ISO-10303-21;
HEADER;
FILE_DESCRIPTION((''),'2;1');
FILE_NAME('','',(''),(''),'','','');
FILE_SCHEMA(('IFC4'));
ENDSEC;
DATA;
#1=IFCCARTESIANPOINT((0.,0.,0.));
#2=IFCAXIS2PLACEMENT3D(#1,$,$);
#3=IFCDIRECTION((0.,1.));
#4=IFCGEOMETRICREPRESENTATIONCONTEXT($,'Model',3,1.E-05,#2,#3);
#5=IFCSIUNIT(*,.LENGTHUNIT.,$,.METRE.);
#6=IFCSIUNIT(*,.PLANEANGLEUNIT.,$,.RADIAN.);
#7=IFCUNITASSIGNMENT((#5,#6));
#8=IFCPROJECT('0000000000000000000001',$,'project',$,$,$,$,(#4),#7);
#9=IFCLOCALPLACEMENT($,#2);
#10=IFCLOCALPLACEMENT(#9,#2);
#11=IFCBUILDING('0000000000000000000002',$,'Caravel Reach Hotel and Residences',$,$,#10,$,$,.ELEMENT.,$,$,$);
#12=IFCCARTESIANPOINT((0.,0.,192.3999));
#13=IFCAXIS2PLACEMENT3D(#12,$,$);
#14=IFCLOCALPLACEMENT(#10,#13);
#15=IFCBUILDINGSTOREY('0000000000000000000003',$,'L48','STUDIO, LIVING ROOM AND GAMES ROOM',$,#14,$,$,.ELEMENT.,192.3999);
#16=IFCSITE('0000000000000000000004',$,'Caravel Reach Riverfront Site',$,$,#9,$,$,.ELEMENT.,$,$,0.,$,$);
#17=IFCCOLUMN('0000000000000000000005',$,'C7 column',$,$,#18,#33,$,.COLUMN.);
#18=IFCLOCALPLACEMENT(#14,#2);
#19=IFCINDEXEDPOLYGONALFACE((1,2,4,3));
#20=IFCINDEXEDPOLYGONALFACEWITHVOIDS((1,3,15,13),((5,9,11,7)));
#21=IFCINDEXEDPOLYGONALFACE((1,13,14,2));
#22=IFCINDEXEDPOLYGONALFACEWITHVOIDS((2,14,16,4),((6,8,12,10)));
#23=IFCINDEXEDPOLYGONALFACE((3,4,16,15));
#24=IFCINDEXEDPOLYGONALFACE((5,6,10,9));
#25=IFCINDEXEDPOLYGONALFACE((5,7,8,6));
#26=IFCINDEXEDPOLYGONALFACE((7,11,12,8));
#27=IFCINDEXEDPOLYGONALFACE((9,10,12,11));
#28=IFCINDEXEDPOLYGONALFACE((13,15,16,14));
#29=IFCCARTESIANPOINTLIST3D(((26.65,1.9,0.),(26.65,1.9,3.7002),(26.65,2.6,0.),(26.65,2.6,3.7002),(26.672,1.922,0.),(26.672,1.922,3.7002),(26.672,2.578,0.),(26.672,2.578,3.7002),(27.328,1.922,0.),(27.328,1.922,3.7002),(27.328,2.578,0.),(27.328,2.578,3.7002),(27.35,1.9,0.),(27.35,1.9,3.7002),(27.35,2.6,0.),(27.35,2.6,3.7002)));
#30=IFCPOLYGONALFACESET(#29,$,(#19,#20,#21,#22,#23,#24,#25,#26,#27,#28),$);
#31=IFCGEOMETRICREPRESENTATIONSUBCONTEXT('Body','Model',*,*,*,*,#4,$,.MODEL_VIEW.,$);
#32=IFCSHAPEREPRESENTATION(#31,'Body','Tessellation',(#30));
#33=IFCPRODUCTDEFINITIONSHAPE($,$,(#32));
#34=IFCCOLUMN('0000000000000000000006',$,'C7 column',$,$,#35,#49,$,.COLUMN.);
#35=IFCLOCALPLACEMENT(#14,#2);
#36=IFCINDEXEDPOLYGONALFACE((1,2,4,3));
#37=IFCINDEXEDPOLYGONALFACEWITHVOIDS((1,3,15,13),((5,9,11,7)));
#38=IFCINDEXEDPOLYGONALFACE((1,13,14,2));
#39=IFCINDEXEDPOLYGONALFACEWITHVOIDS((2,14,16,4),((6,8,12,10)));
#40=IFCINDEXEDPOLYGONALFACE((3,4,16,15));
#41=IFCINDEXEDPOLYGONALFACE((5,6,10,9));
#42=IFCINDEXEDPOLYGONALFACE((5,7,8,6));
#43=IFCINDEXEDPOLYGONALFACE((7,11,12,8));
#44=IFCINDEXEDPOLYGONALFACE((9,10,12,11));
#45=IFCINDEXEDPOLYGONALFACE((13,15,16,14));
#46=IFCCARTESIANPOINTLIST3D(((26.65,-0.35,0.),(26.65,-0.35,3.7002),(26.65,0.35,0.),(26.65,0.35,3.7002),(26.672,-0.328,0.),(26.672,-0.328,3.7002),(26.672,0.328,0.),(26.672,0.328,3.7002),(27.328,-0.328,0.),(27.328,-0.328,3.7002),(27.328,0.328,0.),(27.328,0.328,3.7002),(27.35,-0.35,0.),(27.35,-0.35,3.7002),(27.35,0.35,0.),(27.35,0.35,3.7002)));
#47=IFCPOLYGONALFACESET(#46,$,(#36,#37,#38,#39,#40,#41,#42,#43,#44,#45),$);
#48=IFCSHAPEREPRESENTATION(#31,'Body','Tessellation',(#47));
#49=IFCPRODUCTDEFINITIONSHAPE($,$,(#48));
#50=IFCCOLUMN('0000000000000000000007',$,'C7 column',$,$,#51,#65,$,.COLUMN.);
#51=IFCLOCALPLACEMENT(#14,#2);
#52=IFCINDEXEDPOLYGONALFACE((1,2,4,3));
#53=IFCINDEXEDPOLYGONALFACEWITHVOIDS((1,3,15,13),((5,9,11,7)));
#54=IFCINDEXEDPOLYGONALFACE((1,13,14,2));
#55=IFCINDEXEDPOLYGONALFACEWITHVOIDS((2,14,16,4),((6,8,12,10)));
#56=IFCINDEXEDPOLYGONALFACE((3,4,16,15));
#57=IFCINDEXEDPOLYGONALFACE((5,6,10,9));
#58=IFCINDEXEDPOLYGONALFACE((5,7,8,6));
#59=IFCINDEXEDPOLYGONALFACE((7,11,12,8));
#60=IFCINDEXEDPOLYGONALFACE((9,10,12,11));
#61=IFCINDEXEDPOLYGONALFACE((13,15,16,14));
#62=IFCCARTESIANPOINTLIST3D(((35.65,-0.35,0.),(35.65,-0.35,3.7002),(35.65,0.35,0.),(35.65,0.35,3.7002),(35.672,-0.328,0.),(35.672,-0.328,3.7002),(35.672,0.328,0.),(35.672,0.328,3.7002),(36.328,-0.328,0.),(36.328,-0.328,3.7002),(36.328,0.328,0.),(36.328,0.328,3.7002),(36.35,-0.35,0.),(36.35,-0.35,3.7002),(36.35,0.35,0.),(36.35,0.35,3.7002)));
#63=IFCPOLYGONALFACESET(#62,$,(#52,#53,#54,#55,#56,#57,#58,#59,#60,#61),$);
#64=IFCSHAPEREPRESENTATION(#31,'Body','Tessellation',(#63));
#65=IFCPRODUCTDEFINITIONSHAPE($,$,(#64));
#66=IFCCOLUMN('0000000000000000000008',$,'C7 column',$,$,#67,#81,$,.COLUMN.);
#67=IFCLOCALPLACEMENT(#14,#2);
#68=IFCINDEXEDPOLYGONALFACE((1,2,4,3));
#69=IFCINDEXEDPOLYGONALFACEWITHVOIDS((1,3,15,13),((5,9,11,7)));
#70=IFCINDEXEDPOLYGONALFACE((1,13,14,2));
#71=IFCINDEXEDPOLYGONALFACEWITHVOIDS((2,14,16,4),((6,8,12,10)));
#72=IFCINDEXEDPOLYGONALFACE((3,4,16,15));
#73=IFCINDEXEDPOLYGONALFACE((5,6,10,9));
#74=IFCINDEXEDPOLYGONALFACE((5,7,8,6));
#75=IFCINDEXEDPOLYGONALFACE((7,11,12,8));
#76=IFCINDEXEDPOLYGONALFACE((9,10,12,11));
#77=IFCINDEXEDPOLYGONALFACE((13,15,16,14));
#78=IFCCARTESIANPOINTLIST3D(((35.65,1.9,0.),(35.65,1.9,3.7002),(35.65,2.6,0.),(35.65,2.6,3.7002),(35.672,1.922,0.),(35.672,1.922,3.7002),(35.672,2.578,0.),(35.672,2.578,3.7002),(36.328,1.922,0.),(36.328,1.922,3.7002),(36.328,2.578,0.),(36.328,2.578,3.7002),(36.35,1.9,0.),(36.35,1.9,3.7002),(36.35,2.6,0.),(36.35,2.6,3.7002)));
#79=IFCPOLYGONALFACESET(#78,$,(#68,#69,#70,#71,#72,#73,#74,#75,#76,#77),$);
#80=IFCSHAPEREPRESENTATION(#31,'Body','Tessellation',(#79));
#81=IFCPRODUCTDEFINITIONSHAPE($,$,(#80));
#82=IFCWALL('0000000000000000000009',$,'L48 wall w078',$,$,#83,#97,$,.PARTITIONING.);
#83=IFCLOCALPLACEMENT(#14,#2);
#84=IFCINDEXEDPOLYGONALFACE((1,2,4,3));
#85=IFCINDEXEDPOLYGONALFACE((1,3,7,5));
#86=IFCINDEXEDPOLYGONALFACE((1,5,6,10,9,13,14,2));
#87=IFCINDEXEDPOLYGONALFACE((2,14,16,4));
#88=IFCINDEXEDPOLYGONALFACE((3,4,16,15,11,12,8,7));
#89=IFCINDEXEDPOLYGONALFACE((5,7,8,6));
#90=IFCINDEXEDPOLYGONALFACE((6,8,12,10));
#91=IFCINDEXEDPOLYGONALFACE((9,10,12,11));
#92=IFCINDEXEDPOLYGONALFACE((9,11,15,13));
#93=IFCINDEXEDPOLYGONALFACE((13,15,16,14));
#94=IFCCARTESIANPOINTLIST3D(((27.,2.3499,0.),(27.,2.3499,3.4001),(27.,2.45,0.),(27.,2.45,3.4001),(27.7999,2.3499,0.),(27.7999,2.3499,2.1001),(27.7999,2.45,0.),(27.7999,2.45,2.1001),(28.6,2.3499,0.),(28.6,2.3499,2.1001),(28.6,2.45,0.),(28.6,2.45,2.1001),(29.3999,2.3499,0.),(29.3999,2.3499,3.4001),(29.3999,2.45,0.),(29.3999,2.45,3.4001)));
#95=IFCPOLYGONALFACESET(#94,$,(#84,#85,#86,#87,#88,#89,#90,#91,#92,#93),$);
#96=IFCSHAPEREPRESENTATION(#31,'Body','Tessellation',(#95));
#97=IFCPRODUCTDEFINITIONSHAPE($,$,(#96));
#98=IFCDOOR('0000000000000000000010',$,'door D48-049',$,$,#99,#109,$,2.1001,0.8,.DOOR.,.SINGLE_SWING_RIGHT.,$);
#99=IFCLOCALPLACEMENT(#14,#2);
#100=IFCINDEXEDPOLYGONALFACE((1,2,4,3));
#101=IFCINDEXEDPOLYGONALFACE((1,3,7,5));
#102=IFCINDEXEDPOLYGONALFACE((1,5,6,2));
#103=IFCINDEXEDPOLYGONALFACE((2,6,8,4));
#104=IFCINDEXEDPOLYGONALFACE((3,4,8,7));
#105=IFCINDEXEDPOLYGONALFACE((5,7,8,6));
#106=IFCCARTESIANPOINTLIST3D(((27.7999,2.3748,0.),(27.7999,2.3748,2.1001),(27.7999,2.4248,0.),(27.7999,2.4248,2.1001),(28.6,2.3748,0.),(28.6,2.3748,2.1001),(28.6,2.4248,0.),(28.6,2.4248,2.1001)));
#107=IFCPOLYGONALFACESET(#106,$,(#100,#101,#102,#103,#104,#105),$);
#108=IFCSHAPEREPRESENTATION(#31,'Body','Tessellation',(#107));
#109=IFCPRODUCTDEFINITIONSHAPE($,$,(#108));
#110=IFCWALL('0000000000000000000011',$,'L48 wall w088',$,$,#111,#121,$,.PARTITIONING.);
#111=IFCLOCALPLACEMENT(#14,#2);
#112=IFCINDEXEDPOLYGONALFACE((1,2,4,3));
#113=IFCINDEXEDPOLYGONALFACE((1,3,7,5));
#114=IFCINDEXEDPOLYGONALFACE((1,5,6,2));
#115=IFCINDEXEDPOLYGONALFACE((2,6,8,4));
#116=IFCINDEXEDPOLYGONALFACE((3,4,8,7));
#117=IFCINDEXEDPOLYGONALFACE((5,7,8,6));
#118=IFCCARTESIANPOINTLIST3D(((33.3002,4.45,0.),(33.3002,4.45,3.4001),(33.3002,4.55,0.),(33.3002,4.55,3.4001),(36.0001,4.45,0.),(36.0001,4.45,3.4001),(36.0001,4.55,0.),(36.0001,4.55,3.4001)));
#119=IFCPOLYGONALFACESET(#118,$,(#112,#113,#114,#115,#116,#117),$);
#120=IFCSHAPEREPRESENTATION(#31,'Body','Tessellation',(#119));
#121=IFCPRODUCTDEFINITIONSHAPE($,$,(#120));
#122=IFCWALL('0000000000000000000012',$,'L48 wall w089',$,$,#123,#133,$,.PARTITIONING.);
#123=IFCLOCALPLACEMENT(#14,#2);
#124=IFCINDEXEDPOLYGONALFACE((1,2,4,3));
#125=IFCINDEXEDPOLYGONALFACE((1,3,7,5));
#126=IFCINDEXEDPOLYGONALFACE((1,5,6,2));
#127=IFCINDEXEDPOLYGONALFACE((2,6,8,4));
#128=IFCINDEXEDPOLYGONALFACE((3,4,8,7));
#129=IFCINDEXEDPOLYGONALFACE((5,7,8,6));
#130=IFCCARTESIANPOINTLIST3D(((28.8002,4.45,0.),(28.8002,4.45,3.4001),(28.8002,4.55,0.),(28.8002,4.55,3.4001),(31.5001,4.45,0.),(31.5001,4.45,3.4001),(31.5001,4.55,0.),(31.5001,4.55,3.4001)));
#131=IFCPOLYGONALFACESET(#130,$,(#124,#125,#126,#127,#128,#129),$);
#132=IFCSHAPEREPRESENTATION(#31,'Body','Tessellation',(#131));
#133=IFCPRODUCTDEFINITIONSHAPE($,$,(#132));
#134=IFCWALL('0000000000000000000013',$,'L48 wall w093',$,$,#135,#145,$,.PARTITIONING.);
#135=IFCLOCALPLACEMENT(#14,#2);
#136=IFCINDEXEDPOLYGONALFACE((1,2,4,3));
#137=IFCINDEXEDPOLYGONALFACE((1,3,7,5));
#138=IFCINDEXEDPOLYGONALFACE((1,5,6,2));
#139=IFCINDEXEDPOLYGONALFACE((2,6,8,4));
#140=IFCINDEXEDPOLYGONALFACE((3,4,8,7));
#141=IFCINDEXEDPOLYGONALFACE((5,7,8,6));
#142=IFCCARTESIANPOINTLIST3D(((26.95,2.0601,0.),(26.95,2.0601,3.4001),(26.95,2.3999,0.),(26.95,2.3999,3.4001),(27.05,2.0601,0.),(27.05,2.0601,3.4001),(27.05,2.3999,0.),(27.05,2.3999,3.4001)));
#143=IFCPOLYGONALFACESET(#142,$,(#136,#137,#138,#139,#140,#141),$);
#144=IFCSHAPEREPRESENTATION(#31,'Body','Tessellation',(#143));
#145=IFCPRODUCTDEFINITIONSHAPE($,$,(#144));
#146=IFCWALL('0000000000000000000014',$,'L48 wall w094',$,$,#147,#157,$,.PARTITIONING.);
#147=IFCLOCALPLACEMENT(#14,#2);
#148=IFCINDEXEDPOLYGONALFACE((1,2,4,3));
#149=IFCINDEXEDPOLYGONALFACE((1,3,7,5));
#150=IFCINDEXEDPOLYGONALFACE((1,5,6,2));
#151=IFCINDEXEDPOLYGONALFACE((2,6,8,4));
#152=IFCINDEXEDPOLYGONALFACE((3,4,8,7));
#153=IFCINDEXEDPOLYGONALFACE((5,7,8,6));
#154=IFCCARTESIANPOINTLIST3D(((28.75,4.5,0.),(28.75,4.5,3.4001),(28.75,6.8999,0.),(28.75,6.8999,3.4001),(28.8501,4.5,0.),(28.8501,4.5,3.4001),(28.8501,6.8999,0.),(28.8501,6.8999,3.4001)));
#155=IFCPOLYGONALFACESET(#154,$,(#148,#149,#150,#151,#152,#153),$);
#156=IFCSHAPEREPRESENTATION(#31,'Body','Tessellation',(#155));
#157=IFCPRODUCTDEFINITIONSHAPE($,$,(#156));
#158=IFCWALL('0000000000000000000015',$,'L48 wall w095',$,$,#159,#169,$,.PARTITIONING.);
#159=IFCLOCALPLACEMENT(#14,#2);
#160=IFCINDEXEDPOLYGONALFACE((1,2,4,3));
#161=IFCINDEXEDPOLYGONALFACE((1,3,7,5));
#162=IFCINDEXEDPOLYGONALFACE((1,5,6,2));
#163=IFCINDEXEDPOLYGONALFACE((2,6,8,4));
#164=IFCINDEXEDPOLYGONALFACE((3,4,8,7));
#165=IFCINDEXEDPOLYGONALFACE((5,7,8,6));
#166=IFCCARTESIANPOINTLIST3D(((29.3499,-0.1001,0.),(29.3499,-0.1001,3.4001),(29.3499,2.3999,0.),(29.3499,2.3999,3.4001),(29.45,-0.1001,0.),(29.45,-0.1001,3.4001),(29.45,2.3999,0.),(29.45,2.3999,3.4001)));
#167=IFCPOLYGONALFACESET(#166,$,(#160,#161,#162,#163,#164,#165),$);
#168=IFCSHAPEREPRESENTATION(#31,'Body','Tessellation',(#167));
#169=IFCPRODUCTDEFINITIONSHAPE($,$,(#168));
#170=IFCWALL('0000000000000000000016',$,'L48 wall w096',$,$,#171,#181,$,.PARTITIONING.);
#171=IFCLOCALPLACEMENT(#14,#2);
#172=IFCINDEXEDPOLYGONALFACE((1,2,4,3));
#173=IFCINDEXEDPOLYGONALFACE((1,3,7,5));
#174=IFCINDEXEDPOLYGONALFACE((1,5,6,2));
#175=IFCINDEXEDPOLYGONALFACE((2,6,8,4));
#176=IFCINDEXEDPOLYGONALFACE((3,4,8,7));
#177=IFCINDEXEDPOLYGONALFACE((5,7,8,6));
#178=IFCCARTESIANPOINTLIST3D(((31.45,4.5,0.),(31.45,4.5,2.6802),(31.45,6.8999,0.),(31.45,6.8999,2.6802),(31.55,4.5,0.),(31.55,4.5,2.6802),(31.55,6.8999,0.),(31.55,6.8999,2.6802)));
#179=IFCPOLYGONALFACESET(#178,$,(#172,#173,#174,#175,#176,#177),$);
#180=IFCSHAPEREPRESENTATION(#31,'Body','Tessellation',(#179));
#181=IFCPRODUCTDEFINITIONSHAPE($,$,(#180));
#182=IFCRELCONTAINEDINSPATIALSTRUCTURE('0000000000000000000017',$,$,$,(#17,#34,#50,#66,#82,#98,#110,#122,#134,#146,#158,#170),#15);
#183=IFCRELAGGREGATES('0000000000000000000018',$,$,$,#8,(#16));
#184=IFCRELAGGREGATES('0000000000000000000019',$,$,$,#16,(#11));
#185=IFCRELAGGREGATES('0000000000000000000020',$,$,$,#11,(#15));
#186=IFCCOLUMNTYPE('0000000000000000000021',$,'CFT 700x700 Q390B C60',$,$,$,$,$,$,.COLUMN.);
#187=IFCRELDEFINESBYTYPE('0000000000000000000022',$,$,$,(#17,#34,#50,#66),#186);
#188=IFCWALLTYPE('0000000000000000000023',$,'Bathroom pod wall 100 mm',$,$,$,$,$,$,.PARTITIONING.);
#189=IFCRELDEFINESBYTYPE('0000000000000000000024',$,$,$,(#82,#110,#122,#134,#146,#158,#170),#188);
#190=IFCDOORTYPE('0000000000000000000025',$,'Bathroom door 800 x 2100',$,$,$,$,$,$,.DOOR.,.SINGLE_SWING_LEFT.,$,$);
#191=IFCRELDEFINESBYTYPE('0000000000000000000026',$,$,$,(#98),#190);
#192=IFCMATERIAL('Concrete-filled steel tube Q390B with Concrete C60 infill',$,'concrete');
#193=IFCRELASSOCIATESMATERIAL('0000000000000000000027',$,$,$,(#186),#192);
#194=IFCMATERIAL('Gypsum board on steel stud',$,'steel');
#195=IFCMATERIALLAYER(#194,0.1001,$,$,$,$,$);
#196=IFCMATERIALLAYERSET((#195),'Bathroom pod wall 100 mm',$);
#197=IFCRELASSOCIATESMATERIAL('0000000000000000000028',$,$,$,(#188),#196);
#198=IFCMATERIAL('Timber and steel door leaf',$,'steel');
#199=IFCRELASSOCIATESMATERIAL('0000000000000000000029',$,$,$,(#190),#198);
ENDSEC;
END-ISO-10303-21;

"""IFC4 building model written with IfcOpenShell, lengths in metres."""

from ifc_helpers import new_model, si_unit, direction, frame, frame_2d, origin, origin_2d, place, context, subcontext, project, spatial, rectangle, hollow_rectangle, extrude, material, layer, layer_set, material_profile, profile_set, type_object, element, fill, save


model = new_model("IFC4")

# Units and contexts
model_context = context("Model", 3, precision=1e-05, world=origin(), true_north=direction((0.0, 1.0)))
body_context = subcontext(model_context, "Body", "Model", "MODEL_VIEW")
ifc_project = project(units=[si_unit("LENGTHUNIT", "METRE"), si_unit("PLANEANGLEUNIT", "RADIAN")], contexts=[model_context])

# Site, building, storey
site_placement = place(None, origin())
site = spatial("IfcSite", under=ifc_project, at=site_placement, Name="Caravel Reach Riverfront Site", CompositionType="ELEMENT", RefElevation=0.0)
building_placement = place(site_placement, origin())
building = spatial("IfcBuilding", under=site, at=building_placement, Name="Caravel Reach Hotel and Residences", CompositionType="ELEMENT")
storey_placement = place(building_placement, frame((0.0, 0.0, 192.3999)))
storey = spatial("IfcBuildingStorey", under=building, at=storey_placement, Name="L48", Description="STUDIO, LIVING ROOM AND GAMES ROOM", CompositionType="ELEMENT", Elevation=192.3999)

# Columns
ifc_material_1 = material(Name="Concrete-filled steel tube Q390B with Concrete C60 infill", Category="concrete")
ifc_material_profile = material_profile(ifc_material_1, hollow_rectangle(XDim=0.7, YDim=0.7, WallThickness=0.022, at=origin_2d()), Name="RHS 700x700x22")
ifc_profile_set = profile_set([ifc_material_profile], Name="Concrete-filled steel tube Q390B with Concrete C60 infill")
column_type = type_object("IfcColumnType", Name="CFT 700x700 Q390B C60", PredefinedType="COLUMN", material=ifc_profile_set)
for number, where, z_axis, x_axis, name in (
    (1, (27.0, 2.25, 0.0), (0.0, 0.0, 1.0), (1.0, 0.0, 0.0), "C7 column"),
    (2, (27.0, 0.0, 0.0), (0.0, 0.0, 1.0), (1.0, 0.0, 0.0), "C7 column"),
    (3, (36.0, 0.0, 0.0), (0.0, 0.0, 1.0), (1.0, 0.0, 0.0), "C7 column"),
    (4, (36.0, 2.25, 0.0), (0.0, 0.0, 1.0), (1.0, 0.0, 0.0), "C7 column"),
):
    element("IfcColumn", number, at=place(storey_placement, frame(where, z_axis=z_axis, x_axis=x_axis)), inside=storey, type_object=column_type, Name=name, PredefinedType="COLUMN", context=body_context, shape_type="SweptSolid", body=[
        extrude(hollow_rectangle(XDim=0.7, YDim=0.7, WallThickness=0.022, at=origin_2d()), origin(), (0.0, 0.0, 1.0), 3.7002),
    ])

# Wall, opening, door
ifc_material_2 = material(Name="Gypsum board on steel stud", Category="steel")
ifc_layer_1 = layer(ifc_material_2, 0.1001)
ifc_layer_set_1 = layer_set([ifc_layer_1], Name="Bathroom pod wall 100 mm")
wall_type_1 = type_object("IfcWallType", Name="Bathroom pod wall 100 mm", PredefinedType="PARTITIONING", material=ifc_layer_set_1)
wall_1_placement = place(storey_placement, frame((27.0, 2.3999, 0.0), z_axis=(0.0, 0.0, 1.0), x_axis=(1.0, 0.0, 0.0)))
wall_1 = element("IfcWall", 5, at=wall_1_placement, inside=storey, type_object=wall_type_1, Name="L48 wall w078", PredefinedType="PARTITIONING", context=body_context, shape_type="SweptSolid", body=[
    extrude(rectangle(XDim=2.3999, YDim=0.1001, at=frame_2d((1.2, 0.0))), origin(), (0.0, 0.0, 1.0), 3.4001),
])
opening_1_placement = place(wall_1_placement, frame((0.8, 0.0, 0.0)))
opening_1 = element("IfcOpeningElement", 6, at=opening_1_placement, cuts=wall_1, PredefinedType="OPENING", context=body_context, shape_type="SweptSolid", body=[
    extrude(rectangle(XDim=0.8, YDim=2.1001, at=frame_2d((0.3999, 1.05))), frame((0.0, 0.0601, 0.0), z_axis=(0.0, -1.0, 0.0), x_axis=(1.0, 0.0, 0.0)), (0.0, 0.0, 1.0), 0.1201),
])
ifc_material_3 = material(Name="Timber and steel door leaf", Category="steel")
door_type_1 = type_object("IfcDoorType", Name="Bathroom door 800 x 2100", OperationType="SINGLE_SWING_LEFT", PredefinedType="DOOR", material=ifc_material_3)
door_1_placement = place(opening_1_placement, origin())
door_1 = element("IfcDoor", 7, at=door_1_placement, inside=storey, type_object=door_type_1, Name="door D48-049", OperationType="SINGLE_SWING_RIGHT", OverallHeight=2.1001, OverallWidth=0.8, PredefinedType="DOOR", context=body_context, shape_type="SweptSolid", body=[
    extrude(rectangle(XDim=0.8, YDim=2.1001, at=frame_2d((0.3999, 1.05))), frame((0.0, 0.0249, 0.0), z_axis=(0.0, -1.0, 0.0), x_axis=(1.0, 0.0, 0.0)), (0.0, 0.0, 1.0), 0.05),
])
fill(opening_1, door_1)

# Walls
for number, where, z_axis, x_axis, name in (
    (8, (33.3, 4.5, 0.0), (0.0, 0.0, 1.0), (1.0, 0.0, 0.0), "L48 wall w088"),
    (9, (28.8, 4.5, 0.0), (0.0, 0.0, 1.0), (1.0, 0.0, 0.0), "L48 wall w089"),
):
    element("IfcWall", number, at=place(storey_placement, frame(where, z_axis=z_axis, x_axis=x_axis)), inside=storey, type_object=wall_type_1, Name=name, PredefinedType="PARTITIONING", context=body_context, shape_type="SweptSolid", body=[
        extrude(rectangle(XDim=2.7, YDim=0.1001, at=frame_2d((1.3501, 0.0))), origin(), (0.0, 0.0, 1.0), 3.4001),
    ])
wall_2_placement = place(storey_placement, frame((27.0, 2.0601, 0.0), z_axis=(0.0, 0.0, 1.0), x_axis=(0.0, 1.0, 0.0)))
element("IfcWall", 10, at=wall_2_placement, inside=storey, type_object=wall_type_1, Name="L48 wall w093", PredefinedType="PARTITIONING", context=body_context, shape_type="SweptSolid", body=[
    extrude(rectangle(XDim=0.3398, YDim=0.1001, at=frame_2d((0.1699, 0.0))), origin(), (0.0, 0.0, 1.0), 3.4001),
])
wall_3_placement = place(storey_placement, frame((28.8, 4.5, 0.0), z_axis=(0.0, 0.0, 1.0), x_axis=(0.0, 1.0, 0.0)))
element("IfcWall", 11, at=wall_3_placement, inside=storey, type_object=wall_type_1, Name="L48 wall w094", PredefinedType="PARTITIONING", context=body_context, shape_type="SweptSolid", body=[
    extrude(rectangle(XDim=2.3999, YDim=0.1001, at=frame_2d((1.2, 0.0))), origin(), (0.0, 0.0, 1.0), 3.4001),
])
wall_4_placement = place(storey_placement, frame((29.3999, -0.1001, 0.0), z_axis=(0.0, 0.0, 1.0), x_axis=(0.0, 1.0, 0.0)))
element("IfcWall", 12, at=wall_4_placement, inside=storey, type_object=wall_type_1, Name="L48 wall w095", PredefinedType="PARTITIONING", context=body_context, shape_type="SweptSolid", body=[
    extrude(rectangle(XDim=2.5, YDim=0.1001, at=frame_2d((1.25, 0.0))), origin(), (0.0, 0.0, 1.0), 3.4001),
])
wall_5_placement = place(storey_placement, frame((31.5, 4.5, 0.0), z_axis=(0.0, 0.0, 1.0), x_axis=(0.0, 1.0, 0.0)))
element("IfcWall", 13, at=wall_5_placement, inside=storey, type_object=wall_type_1, Name="L48 wall w096", PredefinedType="PARTITIONING", context=body_context, shape_type="SweptSolid", body=[
    extrude(rectangle(XDim=2.3999, YDim=0.1001, at=frame_2d((1.2, 0.0))), origin(), (0.0, 0.0, 1.0), 2.6802),
])

save(model, "model.ifc")
